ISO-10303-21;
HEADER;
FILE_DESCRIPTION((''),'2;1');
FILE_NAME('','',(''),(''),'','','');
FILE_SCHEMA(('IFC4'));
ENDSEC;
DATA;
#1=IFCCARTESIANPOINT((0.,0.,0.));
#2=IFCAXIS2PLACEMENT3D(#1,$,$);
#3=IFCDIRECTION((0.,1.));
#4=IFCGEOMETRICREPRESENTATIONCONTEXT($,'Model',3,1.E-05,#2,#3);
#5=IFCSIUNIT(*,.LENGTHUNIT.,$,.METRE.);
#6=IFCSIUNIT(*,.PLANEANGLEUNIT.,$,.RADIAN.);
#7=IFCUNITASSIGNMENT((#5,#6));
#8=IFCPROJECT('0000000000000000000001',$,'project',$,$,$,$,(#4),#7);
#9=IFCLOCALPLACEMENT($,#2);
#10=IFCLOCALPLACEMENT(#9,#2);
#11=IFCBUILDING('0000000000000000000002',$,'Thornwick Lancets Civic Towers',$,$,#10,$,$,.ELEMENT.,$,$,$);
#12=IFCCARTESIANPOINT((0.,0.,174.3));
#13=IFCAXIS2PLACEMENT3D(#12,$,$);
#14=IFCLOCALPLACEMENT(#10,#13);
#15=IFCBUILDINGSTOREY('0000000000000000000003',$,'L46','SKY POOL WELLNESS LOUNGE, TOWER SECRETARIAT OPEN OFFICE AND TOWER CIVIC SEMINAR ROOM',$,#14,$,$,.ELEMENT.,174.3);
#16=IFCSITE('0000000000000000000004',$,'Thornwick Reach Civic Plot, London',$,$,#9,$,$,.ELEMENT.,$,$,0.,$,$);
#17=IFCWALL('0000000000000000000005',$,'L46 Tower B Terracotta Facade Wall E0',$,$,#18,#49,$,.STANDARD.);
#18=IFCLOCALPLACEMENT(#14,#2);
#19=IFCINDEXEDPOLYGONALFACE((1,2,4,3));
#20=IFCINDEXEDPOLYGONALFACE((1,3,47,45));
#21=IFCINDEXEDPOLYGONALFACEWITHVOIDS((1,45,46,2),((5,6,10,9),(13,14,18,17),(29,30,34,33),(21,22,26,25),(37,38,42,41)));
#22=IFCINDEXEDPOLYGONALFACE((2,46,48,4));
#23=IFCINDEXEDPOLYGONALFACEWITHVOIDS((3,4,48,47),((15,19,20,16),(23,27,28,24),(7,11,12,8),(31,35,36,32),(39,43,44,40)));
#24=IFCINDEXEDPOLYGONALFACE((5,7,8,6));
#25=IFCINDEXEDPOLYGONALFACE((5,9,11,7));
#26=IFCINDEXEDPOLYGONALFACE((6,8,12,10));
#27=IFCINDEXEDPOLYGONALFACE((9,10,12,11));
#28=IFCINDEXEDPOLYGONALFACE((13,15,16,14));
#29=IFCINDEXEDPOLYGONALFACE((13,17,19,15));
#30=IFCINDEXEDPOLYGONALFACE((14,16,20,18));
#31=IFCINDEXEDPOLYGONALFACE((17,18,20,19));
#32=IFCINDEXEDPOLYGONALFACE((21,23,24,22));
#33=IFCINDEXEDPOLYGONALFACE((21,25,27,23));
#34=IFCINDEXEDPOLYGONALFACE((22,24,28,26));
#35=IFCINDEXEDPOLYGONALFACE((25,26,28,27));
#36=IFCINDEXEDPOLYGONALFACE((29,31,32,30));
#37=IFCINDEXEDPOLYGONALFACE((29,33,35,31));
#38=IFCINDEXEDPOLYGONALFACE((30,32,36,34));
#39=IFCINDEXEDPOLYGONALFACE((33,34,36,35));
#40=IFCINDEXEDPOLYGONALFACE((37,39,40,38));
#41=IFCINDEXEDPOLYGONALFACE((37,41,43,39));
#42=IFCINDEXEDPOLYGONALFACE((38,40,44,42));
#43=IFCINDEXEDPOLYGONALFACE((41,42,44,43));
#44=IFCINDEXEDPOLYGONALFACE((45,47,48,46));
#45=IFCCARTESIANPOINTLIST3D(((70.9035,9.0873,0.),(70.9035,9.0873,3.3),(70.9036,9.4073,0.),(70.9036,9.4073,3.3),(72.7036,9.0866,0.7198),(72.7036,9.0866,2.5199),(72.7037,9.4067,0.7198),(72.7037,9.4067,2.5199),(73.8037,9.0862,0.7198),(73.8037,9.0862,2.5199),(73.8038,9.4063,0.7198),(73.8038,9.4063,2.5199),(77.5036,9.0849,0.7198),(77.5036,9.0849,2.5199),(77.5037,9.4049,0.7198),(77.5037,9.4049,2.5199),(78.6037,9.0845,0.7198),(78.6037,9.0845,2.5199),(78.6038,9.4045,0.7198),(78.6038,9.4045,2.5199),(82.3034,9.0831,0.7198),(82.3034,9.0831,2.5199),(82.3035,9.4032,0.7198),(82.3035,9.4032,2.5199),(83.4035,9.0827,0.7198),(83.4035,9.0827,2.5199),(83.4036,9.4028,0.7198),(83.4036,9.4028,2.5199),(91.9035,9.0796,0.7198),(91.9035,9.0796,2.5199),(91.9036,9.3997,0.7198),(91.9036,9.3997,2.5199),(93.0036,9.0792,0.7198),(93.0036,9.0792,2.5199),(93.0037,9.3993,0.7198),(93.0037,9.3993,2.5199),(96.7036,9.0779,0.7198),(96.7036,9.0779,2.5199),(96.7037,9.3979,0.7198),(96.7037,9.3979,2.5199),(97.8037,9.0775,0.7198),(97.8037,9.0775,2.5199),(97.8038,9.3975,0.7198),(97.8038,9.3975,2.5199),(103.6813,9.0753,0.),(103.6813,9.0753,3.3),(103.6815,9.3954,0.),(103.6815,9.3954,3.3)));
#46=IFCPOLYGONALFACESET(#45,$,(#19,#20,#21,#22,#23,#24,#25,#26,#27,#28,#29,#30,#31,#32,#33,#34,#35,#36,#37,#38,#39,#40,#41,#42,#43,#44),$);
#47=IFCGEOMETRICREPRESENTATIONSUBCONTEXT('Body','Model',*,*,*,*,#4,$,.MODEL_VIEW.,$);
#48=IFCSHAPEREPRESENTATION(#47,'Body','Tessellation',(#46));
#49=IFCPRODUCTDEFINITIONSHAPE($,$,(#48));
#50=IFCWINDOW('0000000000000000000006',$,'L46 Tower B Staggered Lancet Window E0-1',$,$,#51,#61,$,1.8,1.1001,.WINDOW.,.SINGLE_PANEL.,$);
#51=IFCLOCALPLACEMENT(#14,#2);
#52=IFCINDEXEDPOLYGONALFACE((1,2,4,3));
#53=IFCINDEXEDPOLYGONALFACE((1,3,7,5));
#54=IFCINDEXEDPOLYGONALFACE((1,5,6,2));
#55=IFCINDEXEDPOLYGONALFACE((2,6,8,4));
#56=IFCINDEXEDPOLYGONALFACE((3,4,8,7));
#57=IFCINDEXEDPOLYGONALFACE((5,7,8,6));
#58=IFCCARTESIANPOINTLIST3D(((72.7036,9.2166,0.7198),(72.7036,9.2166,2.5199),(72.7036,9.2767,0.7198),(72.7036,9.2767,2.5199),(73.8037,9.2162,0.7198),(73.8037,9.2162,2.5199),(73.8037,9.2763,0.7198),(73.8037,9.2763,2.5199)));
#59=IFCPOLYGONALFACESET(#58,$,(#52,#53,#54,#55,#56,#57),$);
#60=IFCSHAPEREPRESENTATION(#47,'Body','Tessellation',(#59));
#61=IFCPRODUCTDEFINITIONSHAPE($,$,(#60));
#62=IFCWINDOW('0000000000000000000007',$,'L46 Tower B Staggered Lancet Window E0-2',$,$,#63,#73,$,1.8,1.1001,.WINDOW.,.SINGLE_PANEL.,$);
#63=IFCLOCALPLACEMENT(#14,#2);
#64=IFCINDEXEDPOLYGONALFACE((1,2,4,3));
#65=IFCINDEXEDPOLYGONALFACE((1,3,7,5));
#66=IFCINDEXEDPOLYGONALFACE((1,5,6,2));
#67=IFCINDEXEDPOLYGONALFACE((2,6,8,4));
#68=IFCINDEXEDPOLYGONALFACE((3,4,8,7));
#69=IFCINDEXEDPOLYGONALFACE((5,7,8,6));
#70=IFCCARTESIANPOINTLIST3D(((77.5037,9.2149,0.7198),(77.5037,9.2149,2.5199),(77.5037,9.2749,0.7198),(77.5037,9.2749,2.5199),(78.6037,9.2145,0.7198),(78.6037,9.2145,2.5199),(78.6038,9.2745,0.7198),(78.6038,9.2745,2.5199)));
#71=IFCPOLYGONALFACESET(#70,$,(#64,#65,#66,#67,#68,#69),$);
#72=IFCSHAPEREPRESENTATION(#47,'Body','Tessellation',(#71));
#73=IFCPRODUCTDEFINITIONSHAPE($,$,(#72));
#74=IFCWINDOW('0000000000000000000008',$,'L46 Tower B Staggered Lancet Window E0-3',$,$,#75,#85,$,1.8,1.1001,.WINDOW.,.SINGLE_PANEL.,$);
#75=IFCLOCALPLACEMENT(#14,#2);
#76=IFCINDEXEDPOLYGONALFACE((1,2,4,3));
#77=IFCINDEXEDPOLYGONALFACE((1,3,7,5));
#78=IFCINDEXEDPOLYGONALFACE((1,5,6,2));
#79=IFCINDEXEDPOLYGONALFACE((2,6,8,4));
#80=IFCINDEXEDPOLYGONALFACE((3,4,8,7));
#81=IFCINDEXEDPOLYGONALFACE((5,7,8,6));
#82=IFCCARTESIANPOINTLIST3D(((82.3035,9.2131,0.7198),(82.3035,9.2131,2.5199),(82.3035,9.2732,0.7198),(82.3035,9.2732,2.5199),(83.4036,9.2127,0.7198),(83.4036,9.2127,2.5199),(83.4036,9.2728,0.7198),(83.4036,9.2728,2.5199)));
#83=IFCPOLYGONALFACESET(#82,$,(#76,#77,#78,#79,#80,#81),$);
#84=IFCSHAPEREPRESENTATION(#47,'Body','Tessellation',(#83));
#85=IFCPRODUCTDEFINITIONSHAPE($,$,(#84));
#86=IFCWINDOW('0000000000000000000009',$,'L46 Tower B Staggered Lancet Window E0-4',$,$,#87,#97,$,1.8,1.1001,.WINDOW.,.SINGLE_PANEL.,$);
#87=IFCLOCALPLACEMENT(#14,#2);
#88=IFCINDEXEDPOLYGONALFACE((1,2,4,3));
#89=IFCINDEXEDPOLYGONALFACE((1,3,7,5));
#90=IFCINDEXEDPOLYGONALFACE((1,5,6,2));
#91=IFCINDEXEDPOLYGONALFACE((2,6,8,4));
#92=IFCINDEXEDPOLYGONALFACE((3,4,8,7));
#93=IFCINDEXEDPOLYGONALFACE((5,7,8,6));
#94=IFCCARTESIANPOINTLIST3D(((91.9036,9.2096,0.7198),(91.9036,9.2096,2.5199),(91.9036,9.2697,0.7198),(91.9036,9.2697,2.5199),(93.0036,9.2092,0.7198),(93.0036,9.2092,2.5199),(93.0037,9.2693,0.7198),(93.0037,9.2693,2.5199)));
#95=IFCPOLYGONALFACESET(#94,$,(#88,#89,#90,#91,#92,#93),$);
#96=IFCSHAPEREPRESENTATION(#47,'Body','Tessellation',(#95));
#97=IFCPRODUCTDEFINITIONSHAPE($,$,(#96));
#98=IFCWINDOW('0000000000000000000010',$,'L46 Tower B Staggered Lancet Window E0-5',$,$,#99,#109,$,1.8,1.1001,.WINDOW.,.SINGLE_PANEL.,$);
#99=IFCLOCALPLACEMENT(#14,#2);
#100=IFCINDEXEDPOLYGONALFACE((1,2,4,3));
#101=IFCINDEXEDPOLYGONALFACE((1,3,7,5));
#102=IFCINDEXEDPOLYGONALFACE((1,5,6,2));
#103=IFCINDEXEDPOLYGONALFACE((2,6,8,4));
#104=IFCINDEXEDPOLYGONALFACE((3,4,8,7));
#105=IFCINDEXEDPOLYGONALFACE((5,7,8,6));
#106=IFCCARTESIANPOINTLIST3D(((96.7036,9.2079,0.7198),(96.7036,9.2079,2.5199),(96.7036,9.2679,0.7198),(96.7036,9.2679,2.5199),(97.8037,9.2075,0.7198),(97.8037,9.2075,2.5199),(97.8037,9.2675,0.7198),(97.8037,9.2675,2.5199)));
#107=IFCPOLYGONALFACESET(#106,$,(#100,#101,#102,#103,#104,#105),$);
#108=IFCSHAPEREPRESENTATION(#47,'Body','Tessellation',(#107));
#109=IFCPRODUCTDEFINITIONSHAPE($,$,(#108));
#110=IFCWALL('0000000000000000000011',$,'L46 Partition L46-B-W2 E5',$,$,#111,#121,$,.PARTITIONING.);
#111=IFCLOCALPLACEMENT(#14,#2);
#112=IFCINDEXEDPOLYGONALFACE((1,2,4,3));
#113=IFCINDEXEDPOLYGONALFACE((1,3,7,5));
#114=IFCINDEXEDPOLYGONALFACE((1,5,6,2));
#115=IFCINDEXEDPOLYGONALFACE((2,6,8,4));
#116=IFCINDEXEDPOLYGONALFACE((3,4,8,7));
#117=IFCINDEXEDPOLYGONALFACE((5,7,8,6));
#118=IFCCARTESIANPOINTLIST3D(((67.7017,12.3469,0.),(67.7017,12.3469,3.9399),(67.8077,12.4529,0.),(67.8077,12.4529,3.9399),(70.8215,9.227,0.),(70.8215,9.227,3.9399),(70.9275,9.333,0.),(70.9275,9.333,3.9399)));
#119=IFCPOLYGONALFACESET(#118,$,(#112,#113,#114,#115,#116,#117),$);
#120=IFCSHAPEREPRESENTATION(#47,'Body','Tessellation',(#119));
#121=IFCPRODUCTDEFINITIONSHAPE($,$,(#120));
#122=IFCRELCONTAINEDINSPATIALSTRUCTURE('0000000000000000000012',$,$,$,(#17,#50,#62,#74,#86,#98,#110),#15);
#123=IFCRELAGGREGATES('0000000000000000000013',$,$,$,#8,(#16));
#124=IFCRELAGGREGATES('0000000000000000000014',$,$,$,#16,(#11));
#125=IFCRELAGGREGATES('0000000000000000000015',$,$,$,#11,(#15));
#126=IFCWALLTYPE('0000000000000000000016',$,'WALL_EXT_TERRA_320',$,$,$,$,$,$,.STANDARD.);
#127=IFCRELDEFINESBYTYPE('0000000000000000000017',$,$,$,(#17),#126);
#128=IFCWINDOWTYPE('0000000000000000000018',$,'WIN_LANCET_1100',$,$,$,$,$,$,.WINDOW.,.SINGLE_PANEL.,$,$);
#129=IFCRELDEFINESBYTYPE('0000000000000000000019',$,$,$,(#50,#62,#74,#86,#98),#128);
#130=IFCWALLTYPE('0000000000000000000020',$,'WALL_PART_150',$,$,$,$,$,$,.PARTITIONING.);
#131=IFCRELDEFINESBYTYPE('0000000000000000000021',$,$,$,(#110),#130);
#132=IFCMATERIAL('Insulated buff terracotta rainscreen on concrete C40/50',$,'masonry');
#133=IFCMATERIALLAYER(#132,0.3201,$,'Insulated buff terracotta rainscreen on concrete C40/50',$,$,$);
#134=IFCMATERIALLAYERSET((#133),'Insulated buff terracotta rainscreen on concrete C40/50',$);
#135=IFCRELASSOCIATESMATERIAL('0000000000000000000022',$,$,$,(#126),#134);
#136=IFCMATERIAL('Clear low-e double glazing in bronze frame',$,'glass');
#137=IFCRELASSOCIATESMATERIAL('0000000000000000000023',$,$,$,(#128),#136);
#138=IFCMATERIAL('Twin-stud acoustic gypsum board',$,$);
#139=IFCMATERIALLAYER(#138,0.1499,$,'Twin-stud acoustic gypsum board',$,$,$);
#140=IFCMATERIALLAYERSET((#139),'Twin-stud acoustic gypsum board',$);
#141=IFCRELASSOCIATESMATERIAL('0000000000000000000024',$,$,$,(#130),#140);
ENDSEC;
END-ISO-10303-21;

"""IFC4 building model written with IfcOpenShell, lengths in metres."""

from ifc_helpers import new_model, si_unit, direction, frame, frame_2d, origin, place, context, subcontext, project, spatial, rectangle, extrude, material, layer, layer_set, type_object, element, fill, save


model = new_model("IFC4")

# Units and contexts
model_context = context("Model", 3, precision=1e-05, world=origin(), true_north=direction((0.0, 1.0)))
body_context = subcontext(model_context, "Body", "Model", "MODEL_VIEW")
ifc_project = project(units=[si_unit("LENGTHUNIT", "METRE"), si_unit("PLANEANGLEUNIT", "RADIAN")], contexts=[model_context])

# Site, building, storey
site_placement = place(None, origin())
site = spatial("IfcSite", under=ifc_project, at=site_placement, Name="Thornwick Reach Civic Plot, London", CompositionType="ELEMENT", RefElevation=0.0)
building_placement = place(site_placement, origin())
building = spatial("IfcBuilding", under=site, at=building_placement, Name="Thornwick Lancets Civic Towers", CompositionType="ELEMENT")
storey_placement = place(building_placement, frame((0.0, 0.0, 174.3)))
storey = spatial("IfcBuildingStorey", under=building, at=storey_placement, Name="L46", Description="SKY POOL WELLNESS LOUNGE, TOWER SECRETARIAT OPEN OFFICE AND TOWER CIVIC SEMINAR ROOM", CompositionType="ELEMENT", Elevation=174.3)

# Wall, openings, windows
ifc_material_1 = material(Name="Insulated buff terracotta rainscreen on concrete C40/50", Category="masonry")
ifc_layer_1 = layer(ifc_material_1, 0.3201, Name="Insulated buff terracotta rainscreen on concrete C40/50")
ifc_layer_set_1 = layer_set([ifc_layer_1], Name="Insulated buff terracotta rainscreen on concrete C40/50")
wall_type_1 = type_object("IfcWallType", Name="WALL_EXT_TERRA_320", PredefinedType="STANDARD", material=ifc_layer_set_1)
wall_1_placement = place(storey_placement, frame((70.9036, 9.2473, 0.0), z_axis=(0.0, 0.0, 1.0), x_axis=(1.0, -0.000365, 0.0)))
wall_1 = element("IfcWall", 1, at=wall_1_placement, inside=storey, type_object=wall_type_1, Name="L46 Tower B Terracotta Facade Wall E0", PredefinedType="STANDARD", context=body_context, shape_type="SweptSolid", body=[
    extrude(rectangle(XDim=32.7778, YDim=0.3201, at=frame_2d((16.3889, 0.0))), origin(), (0.0, 0.0, 1.0), 3.3),
])
opening_1_placement = place(wall_1_placement, frame((1.8, 0.0, 0.72)))
opening_1 = element("IfcOpeningElement", 2, at=opening_1_placement, cuts=wall_1, PredefinedType="OPENING", context=body_context, shape_type="SweptSolid", body=[
    extrude(rectangle(XDim=1.1001, YDim=1.8, at=frame_2d((0.55, 0.8999))), frame((0.0, 0.1699, 0.0), z_axis=(0.0, -1.0, 0.0), x_axis=(1.0, 0.0, 0.0)), (0.0, 0.0, 1.0), 0.3401),
])
opening_2_placement = place(wall_1_placement, frame((6.6001, 0.0, 0.72)))
opening_2 = element("IfcOpeningElement", 3, at=opening_2_placement, cuts=wall_1, PredefinedType="OPENING", context=body_context, shape_type="SweptSolid", body=[
    extrude(rectangle(XDim=1.1001, YDim=1.8, at=frame_2d((0.55, 0.8999))), frame((0.0, 0.1699, 0.0), z_axis=(0.0, -1.0, 0.0), x_axis=(1.0, 0.0, 0.0)), (0.0, 0.0, 1.0), 0.3401),
])
opening_3_placement = place(wall_1_placement, frame((11.3999, 0.0, 0.72)))
opening_3 = element("IfcOpeningElement", 4, at=opening_3_placement, cuts=wall_1, PredefinedType="OPENING", context=body_context, shape_type="SweptSolid", body=[
    extrude(rectangle(XDim=1.1001, YDim=1.8, at=frame_2d((0.55, 0.8999))), frame((0.0, 0.1699, 0.0), z_axis=(0.0, -1.0, 0.0), x_axis=(1.0, 0.0, 0.0)), (0.0, 0.0, 1.0), 0.3401),
])
opening_4_placement = place(wall_1_placement, frame((21.0, 0.0, 0.72)))
opening_4 = element("IfcOpeningElement", 5, at=opening_4_placement, cuts=wall_1, PredefinedType="OPENING", context=body_context, shape_type="SweptSolid", body=[
    extrude(rectangle(XDim=1.1001, YDim=1.8, at=frame_2d((0.55, 0.8999))), frame((0.0, 0.1699, 0.0), z_axis=(0.0, -1.0, 0.0), x_axis=(1.0, 0.0, 0.0)), (0.0, 0.0, 1.0), 0.3401),
])
opening_5_placement = place(wall_1_placement, frame((25.8, 0.0, 0.72)))
opening_5 = element("IfcOpeningElement", 6, at=opening_5_placement, cuts=wall_1, PredefinedType="OPENING", context=body_context, shape_type="SweptSolid", body=[
    extrude(rectangle(XDim=1.1001, YDim=1.8, at=frame_2d((0.55, 0.8999))), frame((0.0, 0.1699, 0.0), z_axis=(0.0, -1.0, 0.0), x_axis=(1.0, 0.0, 0.0)), (0.0, 0.0, 1.0), 0.3401),
])
ifc_material_2 = material(Name="Clear low-e double glazing in bronze frame", Category="glass")
window_type = type_object("IfcWindowType", Name="WIN_LANCET_1100", PartitioningType="SINGLE_PANEL", PredefinedType="WINDOW", material=ifc_material_2)
window_1_placement = place(opening_1_placement, origin())
window_1 = element("IfcWindow", 7, at=window_1_placement, inside=storey, type_object=window_type, Name="L46 Tower B Staggered Lancet Window E0-1", OverallHeight=1.8, OverallWidth=1.1001, PartitioningType="SINGLE_PANEL", PredefinedType="WINDOW", context=body_context, shape_type="SweptSolid", body=[
    extrude(rectangle(XDim=1.1001, YDim=1.8, at=frame_2d((0.55, 0.8999))), frame((0.0, 0.03, 0.0), z_axis=(0.0, -1.0, 0.0), x_axis=(1.0, 0.0, 0.0)), (0.0, 0.0, 1.0), 0.0601),
])
fill(opening_1, window_1)
window_2_placement = place(opening_2_placement, origin())
window_2 = element("IfcWindow", 8, at=window_2_placement, inside=storey, type_object=window_type, Name="L46 Tower B Staggered Lancet Window E0-2", OverallHeight=1.8, OverallWidth=1.1001, PartitioningType="SINGLE_PANEL", PredefinedType="WINDOW", context=body_context, shape_type="SweptSolid", body=[
    extrude(rectangle(XDim=1.1001, YDim=1.8, at=frame_2d((0.55, 0.8999))), frame((0.0, 0.03, 0.0), z_axis=(0.0, -1.0, 0.0), x_axis=(1.0, 0.0, 0.0)), (0.0, 0.0, 1.0), 0.0601),
])
fill(opening_2, window_2)
window_3_placement = place(opening_3_placement, origin())
window_3 = element("IfcWindow", 9, at=window_3_placement, inside=storey, type_object=window_type, Name="L46 Tower B Staggered Lancet Window E0-3", OverallHeight=1.8, OverallWidth=1.1001, PartitioningType="SINGLE_PANEL", PredefinedType="WINDOW", context=body_context, shape_type="SweptSolid", body=[
    extrude(rectangle(XDim=1.1001, YDim=1.8, at=frame_2d((0.55, 0.8999))), frame((0.0, 0.03, 0.0), z_axis=(0.0, -1.0, 0.0), x_axis=(1.0, 0.0, 0.0)), (0.0, 0.0, 1.0), 0.0601),
])
fill(opening_3, window_3)
window_4_placement = place(opening_4_placement, origin())
window_4 = element("IfcWindow", 10, at=window_4_placement, inside=storey, type_object=window_type, Name="L46 Tower B Staggered Lancet Window E0-4", OverallHeight=1.8, OverallWidth=1.1001, PartitioningType="SINGLE_PANEL", PredefinedType="WINDOW", context=body_context, shape_type="SweptSolid", body=[
    extrude(rectangle(XDim=1.1001, YDim=1.8, at=frame_2d((0.55, 0.8999))), frame((0.0, 0.03, 0.0), z_axis=(0.0, -1.0, 0.0), x_axis=(1.0, 0.0, 0.0)), (0.0, 0.0, 1.0), 0.0601),
])
fill(opening_4, window_4)
window_5_placement = place(opening_5_placement, origin())
window_5 = element("IfcWindow", 11, at=window_5_placement, inside=storey, type_object=window_type, Name="L46 Tower B Staggered Lancet Window E0-5", OverallHeight=1.8, OverallWidth=1.1001, PartitioningType="SINGLE_PANEL", PredefinedType="WINDOW", context=body_context, shape_type="SweptSolid", body=[
    extrude(rectangle(XDim=1.1001, YDim=1.8, at=frame_2d((0.55, 0.8999))), frame((0.0, 0.03, 0.0), z_axis=(0.0, -1.0, 0.0), x_axis=(1.0, 0.0, 0.0)), (0.0, 0.0, 1.0), 0.0601),
])
fill(opening_5, window_5)

# Wall
ifc_material_3 = material(Name="Twin-stud acoustic gypsum board")
ifc_layer_2 = layer(ifc_material_3, 0.1499, Name="Twin-stud acoustic gypsum board")
ifc_layer_set_2 = layer_set([ifc_layer_2], Name="Twin-stud acoustic gypsum board")
wall_type_2 = type_object("IfcWallType", Name="WALL_PART_150", PredefinedType="PARTITIONING", material=ifc_layer_set_2)
wall_2_placement = place(storey_placement, frame((70.8745, 9.28, 0.0), z_axis=(0.0, 0.0, 1.0), x_axis=(-0.707107, 0.707107, 0.0)))
element("IfcWall", 12, at=wall_2_placement, inside=storey, type_object=wall_type_2, Name="L46 Partition L46-B-W2 E5", PredefinedType="PARTITIONING", context=body_context, shape_type="SweptSolid", body=[
    extrude(rectangle(XDim=4.4121, YDim=0.1499, at=frame_2d((2.2061, 0.0))), origin(), (0.0, 0.0, 1.0), 3.9399),
])

save(model, "model.ifc")
